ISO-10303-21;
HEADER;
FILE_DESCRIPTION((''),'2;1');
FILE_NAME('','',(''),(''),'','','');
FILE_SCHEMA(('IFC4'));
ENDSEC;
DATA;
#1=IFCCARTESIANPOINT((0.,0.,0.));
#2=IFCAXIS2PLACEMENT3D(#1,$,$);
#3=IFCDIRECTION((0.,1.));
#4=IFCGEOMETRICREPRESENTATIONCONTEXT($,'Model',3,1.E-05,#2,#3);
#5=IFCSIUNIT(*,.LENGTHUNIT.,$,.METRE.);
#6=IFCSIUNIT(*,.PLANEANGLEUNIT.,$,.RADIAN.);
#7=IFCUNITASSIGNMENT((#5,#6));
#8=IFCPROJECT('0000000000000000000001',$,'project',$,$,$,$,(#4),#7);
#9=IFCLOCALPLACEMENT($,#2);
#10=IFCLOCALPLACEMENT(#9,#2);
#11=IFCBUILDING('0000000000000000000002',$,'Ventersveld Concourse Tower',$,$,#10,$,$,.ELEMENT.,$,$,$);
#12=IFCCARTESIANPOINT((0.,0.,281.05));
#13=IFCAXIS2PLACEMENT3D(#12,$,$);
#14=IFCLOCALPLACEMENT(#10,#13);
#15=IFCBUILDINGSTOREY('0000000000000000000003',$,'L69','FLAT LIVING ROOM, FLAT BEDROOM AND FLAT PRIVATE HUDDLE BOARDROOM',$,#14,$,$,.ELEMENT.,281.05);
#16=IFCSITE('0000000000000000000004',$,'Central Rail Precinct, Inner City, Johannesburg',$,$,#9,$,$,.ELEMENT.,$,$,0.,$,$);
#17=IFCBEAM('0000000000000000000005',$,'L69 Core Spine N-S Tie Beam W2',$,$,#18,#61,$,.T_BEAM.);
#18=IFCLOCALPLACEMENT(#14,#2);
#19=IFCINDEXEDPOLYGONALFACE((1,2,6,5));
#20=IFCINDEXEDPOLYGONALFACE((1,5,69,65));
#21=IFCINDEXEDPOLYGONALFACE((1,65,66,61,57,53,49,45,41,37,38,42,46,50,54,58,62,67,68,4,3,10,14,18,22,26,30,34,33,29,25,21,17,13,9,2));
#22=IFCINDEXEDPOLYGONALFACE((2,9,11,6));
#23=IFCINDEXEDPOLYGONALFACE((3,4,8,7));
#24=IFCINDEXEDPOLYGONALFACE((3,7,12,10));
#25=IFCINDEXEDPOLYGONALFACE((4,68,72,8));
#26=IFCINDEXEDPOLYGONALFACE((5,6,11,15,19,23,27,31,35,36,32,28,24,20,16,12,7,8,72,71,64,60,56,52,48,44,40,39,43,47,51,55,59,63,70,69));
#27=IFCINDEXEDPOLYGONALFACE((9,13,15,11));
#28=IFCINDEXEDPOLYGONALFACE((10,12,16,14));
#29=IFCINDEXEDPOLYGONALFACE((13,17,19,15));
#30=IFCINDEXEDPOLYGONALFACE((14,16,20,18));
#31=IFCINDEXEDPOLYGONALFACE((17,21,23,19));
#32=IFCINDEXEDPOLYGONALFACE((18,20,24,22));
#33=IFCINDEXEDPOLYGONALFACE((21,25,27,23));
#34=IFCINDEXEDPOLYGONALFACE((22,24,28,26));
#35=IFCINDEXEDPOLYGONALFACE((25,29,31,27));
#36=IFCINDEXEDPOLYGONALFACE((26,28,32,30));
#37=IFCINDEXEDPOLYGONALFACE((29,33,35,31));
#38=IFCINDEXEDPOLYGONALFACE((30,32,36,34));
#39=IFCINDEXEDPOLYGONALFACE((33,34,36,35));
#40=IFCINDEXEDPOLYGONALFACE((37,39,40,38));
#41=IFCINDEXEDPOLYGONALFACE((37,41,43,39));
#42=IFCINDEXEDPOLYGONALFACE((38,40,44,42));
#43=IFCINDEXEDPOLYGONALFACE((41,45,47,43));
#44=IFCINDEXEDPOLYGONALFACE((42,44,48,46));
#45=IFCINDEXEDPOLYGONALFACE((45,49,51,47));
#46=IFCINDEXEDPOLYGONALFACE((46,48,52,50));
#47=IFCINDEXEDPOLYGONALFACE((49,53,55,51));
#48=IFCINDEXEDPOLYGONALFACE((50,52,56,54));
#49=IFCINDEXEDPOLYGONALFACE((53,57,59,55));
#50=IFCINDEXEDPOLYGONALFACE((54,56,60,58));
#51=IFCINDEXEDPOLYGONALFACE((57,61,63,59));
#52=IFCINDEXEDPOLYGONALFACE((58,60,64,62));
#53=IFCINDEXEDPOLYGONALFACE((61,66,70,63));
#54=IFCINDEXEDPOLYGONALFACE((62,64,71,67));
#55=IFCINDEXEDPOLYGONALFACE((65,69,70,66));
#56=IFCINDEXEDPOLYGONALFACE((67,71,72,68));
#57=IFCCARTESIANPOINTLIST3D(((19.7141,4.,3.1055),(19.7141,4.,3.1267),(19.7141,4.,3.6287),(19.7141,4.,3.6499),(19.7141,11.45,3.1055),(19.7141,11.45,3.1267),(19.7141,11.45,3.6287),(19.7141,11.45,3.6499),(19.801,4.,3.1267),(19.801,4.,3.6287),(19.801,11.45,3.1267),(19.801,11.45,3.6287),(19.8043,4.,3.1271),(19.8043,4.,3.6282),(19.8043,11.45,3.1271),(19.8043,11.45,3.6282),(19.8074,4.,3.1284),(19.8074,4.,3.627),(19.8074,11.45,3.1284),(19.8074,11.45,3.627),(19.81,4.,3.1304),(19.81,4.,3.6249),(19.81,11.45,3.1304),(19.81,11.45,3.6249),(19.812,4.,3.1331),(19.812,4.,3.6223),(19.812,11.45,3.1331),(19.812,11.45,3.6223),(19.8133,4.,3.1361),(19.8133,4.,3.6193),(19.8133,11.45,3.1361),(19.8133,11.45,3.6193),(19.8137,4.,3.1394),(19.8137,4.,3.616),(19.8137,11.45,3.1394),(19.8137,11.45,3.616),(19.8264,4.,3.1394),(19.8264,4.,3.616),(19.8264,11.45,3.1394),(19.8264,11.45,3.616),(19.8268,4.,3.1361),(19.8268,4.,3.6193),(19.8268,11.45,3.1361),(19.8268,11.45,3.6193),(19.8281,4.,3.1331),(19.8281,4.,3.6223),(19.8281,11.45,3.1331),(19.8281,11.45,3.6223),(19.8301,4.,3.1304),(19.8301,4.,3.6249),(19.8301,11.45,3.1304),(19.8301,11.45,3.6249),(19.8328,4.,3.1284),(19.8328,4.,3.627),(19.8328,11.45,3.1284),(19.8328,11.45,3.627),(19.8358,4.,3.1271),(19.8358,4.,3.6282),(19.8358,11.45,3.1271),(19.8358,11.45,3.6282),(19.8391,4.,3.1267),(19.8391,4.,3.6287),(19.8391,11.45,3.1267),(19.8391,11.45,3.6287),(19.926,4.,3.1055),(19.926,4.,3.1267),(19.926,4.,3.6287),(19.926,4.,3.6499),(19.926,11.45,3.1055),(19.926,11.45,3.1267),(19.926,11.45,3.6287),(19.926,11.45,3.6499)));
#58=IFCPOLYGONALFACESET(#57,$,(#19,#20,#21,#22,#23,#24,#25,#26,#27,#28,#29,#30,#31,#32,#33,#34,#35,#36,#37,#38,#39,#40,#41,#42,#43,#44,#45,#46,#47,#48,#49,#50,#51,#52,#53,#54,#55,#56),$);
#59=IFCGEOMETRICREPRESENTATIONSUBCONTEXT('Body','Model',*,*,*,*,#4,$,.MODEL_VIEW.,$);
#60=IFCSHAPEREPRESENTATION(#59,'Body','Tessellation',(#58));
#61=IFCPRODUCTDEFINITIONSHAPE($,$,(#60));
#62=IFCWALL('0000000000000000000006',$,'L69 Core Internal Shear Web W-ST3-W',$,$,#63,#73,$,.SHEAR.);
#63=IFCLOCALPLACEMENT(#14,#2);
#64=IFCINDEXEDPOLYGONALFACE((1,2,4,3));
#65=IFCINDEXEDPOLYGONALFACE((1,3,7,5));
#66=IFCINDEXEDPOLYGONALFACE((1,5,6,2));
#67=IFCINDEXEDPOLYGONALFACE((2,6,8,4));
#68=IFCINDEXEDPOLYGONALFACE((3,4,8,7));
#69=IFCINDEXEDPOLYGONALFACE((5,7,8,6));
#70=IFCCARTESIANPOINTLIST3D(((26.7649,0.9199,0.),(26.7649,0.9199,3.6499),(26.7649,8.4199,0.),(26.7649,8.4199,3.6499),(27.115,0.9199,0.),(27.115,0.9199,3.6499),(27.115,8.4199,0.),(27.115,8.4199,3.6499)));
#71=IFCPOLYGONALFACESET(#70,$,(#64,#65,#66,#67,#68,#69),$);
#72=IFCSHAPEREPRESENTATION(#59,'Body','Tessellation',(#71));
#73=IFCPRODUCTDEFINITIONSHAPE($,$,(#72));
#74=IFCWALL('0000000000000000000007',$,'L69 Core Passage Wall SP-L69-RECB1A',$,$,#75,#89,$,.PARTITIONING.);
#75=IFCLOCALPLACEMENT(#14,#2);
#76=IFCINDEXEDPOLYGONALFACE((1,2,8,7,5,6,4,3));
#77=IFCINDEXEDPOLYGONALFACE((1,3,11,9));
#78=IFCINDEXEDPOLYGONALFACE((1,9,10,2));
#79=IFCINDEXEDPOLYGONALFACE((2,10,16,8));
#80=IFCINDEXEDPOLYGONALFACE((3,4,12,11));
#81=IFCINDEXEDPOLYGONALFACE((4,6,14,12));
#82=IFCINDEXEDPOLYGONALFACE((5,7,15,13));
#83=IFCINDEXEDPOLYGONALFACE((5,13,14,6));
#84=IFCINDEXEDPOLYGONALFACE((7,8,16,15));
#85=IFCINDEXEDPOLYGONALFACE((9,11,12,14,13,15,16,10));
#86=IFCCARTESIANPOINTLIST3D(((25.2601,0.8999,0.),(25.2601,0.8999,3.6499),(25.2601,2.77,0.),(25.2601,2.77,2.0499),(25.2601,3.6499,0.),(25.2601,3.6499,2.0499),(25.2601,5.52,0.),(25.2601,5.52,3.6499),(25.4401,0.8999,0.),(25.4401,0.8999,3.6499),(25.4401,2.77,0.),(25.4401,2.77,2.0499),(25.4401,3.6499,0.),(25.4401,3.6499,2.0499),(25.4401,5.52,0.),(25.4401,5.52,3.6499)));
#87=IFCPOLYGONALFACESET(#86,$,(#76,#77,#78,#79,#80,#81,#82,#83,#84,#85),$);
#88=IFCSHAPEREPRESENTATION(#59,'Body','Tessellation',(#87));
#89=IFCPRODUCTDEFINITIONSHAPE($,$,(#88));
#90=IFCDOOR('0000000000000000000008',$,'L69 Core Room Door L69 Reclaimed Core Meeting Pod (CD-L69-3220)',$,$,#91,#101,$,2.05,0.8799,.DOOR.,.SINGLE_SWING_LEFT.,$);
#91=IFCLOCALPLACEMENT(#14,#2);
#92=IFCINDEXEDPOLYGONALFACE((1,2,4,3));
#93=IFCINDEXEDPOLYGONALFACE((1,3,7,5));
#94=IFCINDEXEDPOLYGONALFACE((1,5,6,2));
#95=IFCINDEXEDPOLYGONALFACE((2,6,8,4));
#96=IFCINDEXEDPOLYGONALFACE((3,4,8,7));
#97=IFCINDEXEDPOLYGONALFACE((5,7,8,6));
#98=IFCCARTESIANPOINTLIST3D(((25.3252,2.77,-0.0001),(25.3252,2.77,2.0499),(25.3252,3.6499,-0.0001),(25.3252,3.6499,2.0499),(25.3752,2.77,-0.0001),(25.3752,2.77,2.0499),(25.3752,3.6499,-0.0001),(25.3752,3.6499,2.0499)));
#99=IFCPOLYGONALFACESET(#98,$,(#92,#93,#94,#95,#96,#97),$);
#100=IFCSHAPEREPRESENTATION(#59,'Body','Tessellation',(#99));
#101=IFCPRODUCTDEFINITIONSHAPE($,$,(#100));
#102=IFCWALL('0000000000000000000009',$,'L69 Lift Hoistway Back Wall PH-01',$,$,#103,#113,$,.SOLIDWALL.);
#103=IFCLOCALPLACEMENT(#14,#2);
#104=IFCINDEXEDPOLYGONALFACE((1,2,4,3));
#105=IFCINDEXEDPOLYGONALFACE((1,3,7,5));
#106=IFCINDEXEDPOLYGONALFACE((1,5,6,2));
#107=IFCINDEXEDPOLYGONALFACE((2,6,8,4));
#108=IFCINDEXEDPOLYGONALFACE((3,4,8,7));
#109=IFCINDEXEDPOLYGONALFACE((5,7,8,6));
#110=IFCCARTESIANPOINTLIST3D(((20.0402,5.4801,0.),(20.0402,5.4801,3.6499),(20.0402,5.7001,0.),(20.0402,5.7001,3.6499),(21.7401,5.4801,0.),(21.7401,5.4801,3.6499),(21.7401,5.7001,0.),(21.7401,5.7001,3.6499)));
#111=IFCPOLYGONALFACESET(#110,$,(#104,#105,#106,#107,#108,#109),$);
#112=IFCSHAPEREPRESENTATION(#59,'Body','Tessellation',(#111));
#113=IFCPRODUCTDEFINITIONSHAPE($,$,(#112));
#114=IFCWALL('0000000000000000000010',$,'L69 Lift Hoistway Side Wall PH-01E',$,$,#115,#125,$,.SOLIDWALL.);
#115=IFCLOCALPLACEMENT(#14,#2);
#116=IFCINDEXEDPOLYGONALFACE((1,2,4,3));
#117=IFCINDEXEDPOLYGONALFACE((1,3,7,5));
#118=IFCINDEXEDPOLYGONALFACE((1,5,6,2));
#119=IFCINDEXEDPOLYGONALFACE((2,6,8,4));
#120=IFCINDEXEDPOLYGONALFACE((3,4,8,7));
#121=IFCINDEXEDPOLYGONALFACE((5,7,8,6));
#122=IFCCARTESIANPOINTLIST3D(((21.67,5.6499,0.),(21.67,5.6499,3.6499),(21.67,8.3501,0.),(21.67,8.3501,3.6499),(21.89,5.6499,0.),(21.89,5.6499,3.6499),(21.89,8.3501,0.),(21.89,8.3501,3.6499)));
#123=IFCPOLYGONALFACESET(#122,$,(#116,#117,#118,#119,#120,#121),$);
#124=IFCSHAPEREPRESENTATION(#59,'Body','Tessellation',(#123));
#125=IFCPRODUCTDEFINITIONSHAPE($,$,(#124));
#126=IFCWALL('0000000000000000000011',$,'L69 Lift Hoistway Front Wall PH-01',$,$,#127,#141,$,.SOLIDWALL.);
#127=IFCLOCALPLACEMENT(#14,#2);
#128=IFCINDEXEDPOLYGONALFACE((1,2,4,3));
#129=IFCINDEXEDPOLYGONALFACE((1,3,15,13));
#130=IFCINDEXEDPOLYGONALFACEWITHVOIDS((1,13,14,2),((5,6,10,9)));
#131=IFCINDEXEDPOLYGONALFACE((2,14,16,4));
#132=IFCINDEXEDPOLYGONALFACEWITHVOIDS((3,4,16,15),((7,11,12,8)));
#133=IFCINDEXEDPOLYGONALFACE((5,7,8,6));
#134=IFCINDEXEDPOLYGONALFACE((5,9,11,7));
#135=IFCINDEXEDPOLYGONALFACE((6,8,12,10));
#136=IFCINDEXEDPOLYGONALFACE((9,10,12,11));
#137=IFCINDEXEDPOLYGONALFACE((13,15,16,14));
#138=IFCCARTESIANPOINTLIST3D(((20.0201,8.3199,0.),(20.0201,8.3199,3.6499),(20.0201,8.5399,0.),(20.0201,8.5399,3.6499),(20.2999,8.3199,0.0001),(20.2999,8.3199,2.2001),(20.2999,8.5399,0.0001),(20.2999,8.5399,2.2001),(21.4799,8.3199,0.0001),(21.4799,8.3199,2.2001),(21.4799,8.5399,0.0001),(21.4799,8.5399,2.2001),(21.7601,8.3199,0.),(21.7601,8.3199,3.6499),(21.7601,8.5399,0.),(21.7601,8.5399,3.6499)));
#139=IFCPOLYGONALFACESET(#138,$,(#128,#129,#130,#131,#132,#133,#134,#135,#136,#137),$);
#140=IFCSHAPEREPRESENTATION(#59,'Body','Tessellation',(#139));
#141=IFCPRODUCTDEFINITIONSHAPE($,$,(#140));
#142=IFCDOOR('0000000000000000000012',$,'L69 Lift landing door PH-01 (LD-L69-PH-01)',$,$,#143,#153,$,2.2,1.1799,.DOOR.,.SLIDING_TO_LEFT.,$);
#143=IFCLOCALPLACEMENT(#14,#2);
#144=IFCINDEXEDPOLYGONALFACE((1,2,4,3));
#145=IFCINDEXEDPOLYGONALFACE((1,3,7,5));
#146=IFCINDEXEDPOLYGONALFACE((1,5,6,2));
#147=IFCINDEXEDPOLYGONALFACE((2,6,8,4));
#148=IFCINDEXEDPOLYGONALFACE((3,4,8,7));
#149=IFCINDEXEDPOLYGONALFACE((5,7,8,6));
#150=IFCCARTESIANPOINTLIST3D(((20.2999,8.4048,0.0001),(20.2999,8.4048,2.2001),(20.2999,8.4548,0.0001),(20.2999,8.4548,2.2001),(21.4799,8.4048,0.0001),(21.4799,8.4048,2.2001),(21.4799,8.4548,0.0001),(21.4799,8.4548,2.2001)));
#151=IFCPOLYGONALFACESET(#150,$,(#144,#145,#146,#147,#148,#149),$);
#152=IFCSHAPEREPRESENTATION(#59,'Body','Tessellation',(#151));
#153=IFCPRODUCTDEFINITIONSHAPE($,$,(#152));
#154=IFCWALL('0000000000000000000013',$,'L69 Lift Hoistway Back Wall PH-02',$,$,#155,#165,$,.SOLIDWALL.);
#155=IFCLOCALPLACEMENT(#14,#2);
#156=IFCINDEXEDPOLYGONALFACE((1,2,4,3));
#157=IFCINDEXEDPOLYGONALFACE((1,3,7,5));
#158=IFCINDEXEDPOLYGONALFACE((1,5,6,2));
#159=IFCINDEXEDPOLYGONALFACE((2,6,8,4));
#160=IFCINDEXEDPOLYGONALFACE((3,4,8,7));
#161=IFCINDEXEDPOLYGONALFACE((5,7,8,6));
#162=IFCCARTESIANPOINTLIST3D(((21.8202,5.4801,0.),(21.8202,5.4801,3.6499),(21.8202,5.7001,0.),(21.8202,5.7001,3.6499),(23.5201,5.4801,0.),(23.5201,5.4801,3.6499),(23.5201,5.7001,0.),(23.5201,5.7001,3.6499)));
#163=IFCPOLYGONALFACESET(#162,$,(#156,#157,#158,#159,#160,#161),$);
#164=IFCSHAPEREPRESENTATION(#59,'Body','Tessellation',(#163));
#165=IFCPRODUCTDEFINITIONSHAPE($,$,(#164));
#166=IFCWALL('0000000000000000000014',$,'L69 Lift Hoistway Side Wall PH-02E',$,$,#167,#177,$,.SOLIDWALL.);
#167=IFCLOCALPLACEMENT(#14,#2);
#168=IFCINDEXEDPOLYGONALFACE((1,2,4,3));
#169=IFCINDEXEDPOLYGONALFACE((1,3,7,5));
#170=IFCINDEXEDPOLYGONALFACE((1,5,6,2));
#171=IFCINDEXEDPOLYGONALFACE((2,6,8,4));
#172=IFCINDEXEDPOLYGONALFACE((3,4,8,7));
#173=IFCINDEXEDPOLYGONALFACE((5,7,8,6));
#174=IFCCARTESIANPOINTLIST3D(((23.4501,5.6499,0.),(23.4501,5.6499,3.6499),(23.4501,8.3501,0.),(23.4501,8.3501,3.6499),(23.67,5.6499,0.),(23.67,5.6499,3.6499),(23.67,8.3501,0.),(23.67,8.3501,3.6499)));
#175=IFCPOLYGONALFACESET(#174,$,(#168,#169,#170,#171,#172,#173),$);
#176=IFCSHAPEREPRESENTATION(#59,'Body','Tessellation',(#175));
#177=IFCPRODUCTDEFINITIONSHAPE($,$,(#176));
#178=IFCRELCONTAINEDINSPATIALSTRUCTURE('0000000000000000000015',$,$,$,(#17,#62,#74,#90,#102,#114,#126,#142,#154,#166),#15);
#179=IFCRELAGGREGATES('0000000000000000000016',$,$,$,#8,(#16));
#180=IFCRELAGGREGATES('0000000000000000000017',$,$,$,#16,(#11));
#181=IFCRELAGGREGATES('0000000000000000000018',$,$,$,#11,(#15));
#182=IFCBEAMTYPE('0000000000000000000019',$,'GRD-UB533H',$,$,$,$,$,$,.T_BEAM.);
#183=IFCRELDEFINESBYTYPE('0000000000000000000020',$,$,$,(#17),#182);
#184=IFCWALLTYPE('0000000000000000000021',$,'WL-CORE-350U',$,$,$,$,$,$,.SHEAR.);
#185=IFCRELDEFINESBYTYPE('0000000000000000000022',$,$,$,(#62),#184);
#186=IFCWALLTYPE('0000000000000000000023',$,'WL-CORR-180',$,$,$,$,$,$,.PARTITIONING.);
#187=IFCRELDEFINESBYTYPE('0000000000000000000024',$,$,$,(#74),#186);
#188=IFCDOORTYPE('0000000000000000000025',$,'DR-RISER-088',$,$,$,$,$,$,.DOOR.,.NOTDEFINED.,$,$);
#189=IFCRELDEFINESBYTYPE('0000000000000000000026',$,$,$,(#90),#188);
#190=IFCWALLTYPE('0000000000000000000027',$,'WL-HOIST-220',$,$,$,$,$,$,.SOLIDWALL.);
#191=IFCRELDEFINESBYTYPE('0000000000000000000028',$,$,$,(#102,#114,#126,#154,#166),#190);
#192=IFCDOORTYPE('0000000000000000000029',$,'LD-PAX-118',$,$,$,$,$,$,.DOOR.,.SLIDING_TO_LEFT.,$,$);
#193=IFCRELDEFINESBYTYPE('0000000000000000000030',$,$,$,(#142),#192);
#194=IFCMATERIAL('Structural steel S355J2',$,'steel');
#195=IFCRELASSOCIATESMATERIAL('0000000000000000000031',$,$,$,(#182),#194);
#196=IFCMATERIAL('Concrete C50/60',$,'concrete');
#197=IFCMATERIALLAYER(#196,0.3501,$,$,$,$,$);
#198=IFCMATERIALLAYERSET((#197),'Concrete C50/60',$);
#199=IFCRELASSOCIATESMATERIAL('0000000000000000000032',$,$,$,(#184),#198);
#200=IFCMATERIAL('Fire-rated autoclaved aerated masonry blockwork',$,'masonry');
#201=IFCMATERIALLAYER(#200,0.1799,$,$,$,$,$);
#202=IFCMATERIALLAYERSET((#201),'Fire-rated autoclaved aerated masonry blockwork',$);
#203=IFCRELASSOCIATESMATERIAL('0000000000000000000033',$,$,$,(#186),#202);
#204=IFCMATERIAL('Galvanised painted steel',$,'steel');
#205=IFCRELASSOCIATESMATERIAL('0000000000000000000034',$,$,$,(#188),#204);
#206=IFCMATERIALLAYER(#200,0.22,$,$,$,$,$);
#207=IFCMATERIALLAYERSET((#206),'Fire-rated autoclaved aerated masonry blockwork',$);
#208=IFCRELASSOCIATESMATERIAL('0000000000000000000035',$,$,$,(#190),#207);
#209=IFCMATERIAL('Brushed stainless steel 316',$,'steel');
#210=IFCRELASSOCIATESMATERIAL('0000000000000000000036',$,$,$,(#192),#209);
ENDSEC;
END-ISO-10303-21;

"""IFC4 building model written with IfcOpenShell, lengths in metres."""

from ifc_helpers import new_model, si_unit, direction, frame, frame_2d, origin, origin_2d, place, context, subcontext, project, spatial, rectangle, i_section, extrude, material, layer, layer_set, material_profile, profile_set, type_object, element, fill, save


model = new_model("IFC4")

# Units and contexts
model_context = context("Model", 3, precision=1e-05, world=origin(), true_north=direction((0.0, 1.0)))
body_context = subcontext(model_context, "Body", "Model", "MODEL_VIEW")
ifc_project = project(units=[si_unit("LENGTHUNIT", "METRE"), si_unit("PLANEANGLEUNIT", "RADIAN")], contexts=[model_context])

# Site, building, storey
site_placement = place(None, origin())
site = spatial("IfcSite", under=ifc_project, at=site_placement, Name="Central Rail Precinct, Inner City, Johannesburg", CompositionType="ELEMENT", RefElevation=0.0)
building_placement = place(site_placement, origin())
building = spatial("IfcBuilding", under=site, at=building_placement, Name="Ventersveld Concourse Tower", CompositionType="ELEMENT")
storey_placement = place(building_placement, frame((0.0, 0.0, 281.05)))
storey = spatial("IfcBuildingStorey", under=building, at=storey_placement, Name="L69", Description="FLAT LIVING ROOM, FLAT BEDROOM AND FLAT PRIVATE HUDDLE BOARDROOM", CompositionType="ELEMENT", Elevation=281.05)

# Beam
ifc_material_1 = material(Name="Structural steel S355J2", Category="steel")
ifc_material_profile = material_profile(ifc_material_1, i_section(OverallWidth=0.2119, OverallDepth=0.5444, WebThickness=0.0127, FlangeThickness=0.0212, FilletRadius=0.0127, at=origin_2d()), Name="UB 533x210x122")
ifc_profile_set = profile_set([ifc_material_profile], Name="Structural steel S355J2")
beam_type = type_object("IfcBeamType", Name="GRD-UB533H", PredefinedType="T_BEAM", material=ifc_profile_set)
beam_placement = place(storey_placement, frame((19.8201, 4.0, 3.3777), z_axis=(0.0, 1.0, 0.0), x_axis=(-1.0, 0.0, 0.0)))
element("IfcBeam", 1, at=beam_placement, inside=storey, type_object=beam_type, Name="L69 Core Spine N-S Tie Beam W2", PredefinedType="T_BEAM", context=body_context, shape_type="SweptSolid", body=[
    extrude(i_section(OverallWidth=0.2119, OverallDepth=0.5444, WebThickness=0.0127, FlangeThickness=0.0212, FilletRadius=0.0127, at=origin_2d()), origin(), (0.0, 0.0, 1.0), 7.45),
])

# Wall
ifc_material_2 = material(Name="Concrete C50/60", Category="concrete")
ifc_layer_1 = layer(ifc_material_2, 0.3501)
ifc_layer_set_1 = layer_set([ifc_layer_1], Name="Concrete C50/60")
wall_type_1 = type_object("IfcWallType", Name="WL-CORE-350U", PredefinedType="SHEAR", material=ifc_layer_set_1)
wall_1_placement = place(storey_placement, frame((26.9399, 0.9199, 0.0), z_axis=(0.0, 0.0, 1.0), x_axis=(0.0, 1.0, 0.0)))
element("IfcWall", 2, at=wall_1_placement, inside=storey, type_object=wall_type_1, Name="L69 Core Internal Shear Web W-ST3-W", PredefinedType="SHEAR", context=body_context, shape_type="SweptSolid", body=[
    extrude(rectangle(XDim=7.5, YDim=0.3501, at=frame_2d((3.75, 0.0))), origin(), (0.0, 0.0, 1.0), 3.6499),
])

# Wall, opening, door
ifc_material_3 = material(Name="Fire-rated autoclaved aerated masonry blockwork", Category="masonry")
ifc_layer_2 = layer(ifc_material_3, 0.1799)
ifc_layer_set_2 = layer_set([ifc_layer_2], Name="Fire-rated autoclaved aerated masonry blockwork")
wall_type_2 = type_object("IfcWallType", Name="WL-CORR-180", PredefinedType="PARTITIONING", material=ifc_layer_set_2)
wall_2_placement = place(storey_placement, frame((25.3501, 0.8999, 0.0), z_axis=(0.0, 0.0, 1.0), x_axis=(0.0, 1.0, 0.0)))
wall_2 = element("IfcWall", 3, at=wall_2_placement, inside=storey, type_object=wall_type_2, Name="L69 Core Passage Wall SP-L69-RECB1A", PredefinedType="PARTITIONING", context=body_context, shape_type="SweptSolid", body=[
    extrude(rectangle(XDim=4.6201, YDim=0.1799, at=frame_2d((2.3101, 0.0))), origin(), (0.0, 0.0, 1.0), 3.6499),
])
opening_1_placement = place(wall_2_placement, frame((1.8701, 0.0, 0.0)))
opening_1 = element("IfcOpeningElement", 4, at=opening_1_placement, cuts=wall_2, PredefinedType="OPENING", context=body_context, shape_type="SweptSolid", body=[
    extrude(rectangle(XDim=0.8799, YDim=2.05, at=frame_2d((0.4399, 1.0249))), frame((0.0, 0.1001, 0.0), z_axis=(0.0, -1.0, 0.0), x_axis=(1.0, 0.0, 0.0)), (0.0, 0.0, 1.0), 0.2),
])
ifc_material_4 = material(Name="Galvanised painted steel", Category="steel")
door_type_1 = type_object("IfcDoorType", Name="DR-RISER-088", OperationType="NOTDEFINED", PredefinedType="DOOR", material=ifc_material_4)
door_1_placement = place(opening_1_placement, origin())
door_1 = element("IfcDoor", 5, at=door_1_placement, inside=storey, type_object=door_type_1, Name="L69 Core Room Door L69 Reclaimed Core Meeting Pod (CD-L69-3220)", OperationType="SINGLE_SWING_LEFT", OverallHeight=2.05, OverallWidth=0.8799, PredefinedType="DOOR", context=body_context, shape_type="SweptSolid", body=[
    extrude(rectangle(XDim=0.8799, YDim=2.05, at=frame_2d((0.4399, 1.0249))), frame((0.0, 0.0249, 0.0), z_axis=(0.0, -1.0, 0.0), x_axis=(1.0, 0.0, 0.0)), (0.0, 0.0, 1.0), 0.05),
])
fill(opening_1, door_1)

# Walls
ifc_layer_3 = layer(ifc_material_3, 0.22)
ifc_layer_set_3 = layer_set([ifc_layer_3], Name="Fire-rated autoclaved aerated masonry blockwork")
wall_type_3 = type_object("IfcWallType", Name="WL-HOIST-220", PredefinedType="SOLIDWALL", material=ifc_layer_set_3)
wall_3_placement = place(storey_placement, frame((20.04, 5.5901, 0.0), z_axis=(0.0, 0.0, 1.0), x_axis=(1.0, 0.0, 0.0)))
element("IfcWall", 6, at=wall_3_placement, inside=storey, type_object=wall_type_3, Name="L69 Lift Hoistway Back Wall PH-01", PredefinedType="SOLIDWALL", context=body_context, shape_type="SweptSolid", body=[
    extrude(rectangle(XDim=1.7, YDim=0.22, at=frame_2d((0.8501, 0.0))), origin(), (0.0, 0.0, 1.0), 3.6499),
])
wall_4_placement = place(storey_placement, frame((21.78, 5.6499, 0.0), z_axis=(0.0, 0.0, 1.0), x_axis=(0.0, 1.0, 0.0)))
element("IfcWall", 7, at=wall_4_placement, inside=storey, type_object=wall_type_3, Name="L69 Lift Hoistway Side Wall PH-01E", PredefinedType="SOLIDWALL", context=body_context, shape_type="SweptSolid", body=[
    extrude(rectangle(XDim=2.7002, YDim=0.22, at=frame_2d((1.3501, 0.0))), origin(), (0.0, 0.0, 1.0), 3.6499),
])

# Wall, opening, door
wall_5_placement = place(storey_placement, frame((20.02, 8.4299, 0.0), z_axis=(0.0, 0.0, 1.0), x_axis=(1.0, 0.0, 0.0)))
wall_5 = element("IfcWall", 8, at=wall_5_placement, inside=storey, type_object=wall_type_3, Name="L69 Lift Hoistway Front Wall PH-01", PredefinedType="SOLIDWALL", context=body_context, shape_type="SweptSolid", body=[
    extrude(rectangle(XDim=1.74, YDim=0.22, at=frame_2d((0.8701, 0.0))), origin(), (0.0, 0.0, 1.0), 3.6499),
])
opening_2_placement = place(wall_5_placement, frame((0.28, 0.0, 0.0)))
opening_2 = element("IfcOpeningElement", 9, at=opening_2_placement, cuts=wall_5, PredefinedType="OPENING", context=body_context, shape_type="SweptSolid", body=[
    extrude(rectangle(XDim=1.1799, YDim=2.2, at=frame_2d((0.5898, 1.1001))), frame((0.0, 0.1201, 0.0), z_axis=(0.0, -1.0, 0.0), x_axis=(1.0, 0.0, 0.0)), (0.0, 0.0, 1.0), 0.24),
])
ifc_material_5 = material(Name="Brushed stainless steel 316", Category="steel")
door_type_2 = type_object("IfcDoorType", Name="LD-PAX-118", OperationType="SLIDING_TO_LEFT", PredefinedType="DOOR", material=ifc_material_5)
door_2_placement = place(opening_2_placement, origin())
door_2 = element("IfcDoor", 10, at=door_2_placement, inside=storey, type_object=door_type_2, Name="L69 Lift landing door PH-01 (LD-L69-PH-01)", OperationType="SLIDING_TO_LEFT", OverallHeight=2.2, OverallWidth=1.1799, PredefinedType="DOOR", context=body_context, shape_type="SweptSolid", body=[
    extrude(rectangle(XDim=1.1799, YDim=2.2, at=frame_2d((0.5898, 1.1001))), frame((0.0, 0.0249, 0.0), z_axis=(0.0, -1.0, 0.0), x_axis=(1.0, 0.0, 0.0)), (0.0, 0.0, 1.0), 0.05),
])
fill(opening_2, door_2)

# Walls
wall_6_placement = place(storey_placement, frame((21.8201, 5.5901, 0.0), z_axis=(0.0, 0.0, 1.0), x_axis=(1.0, 0.0, 0.0)))
element("IfcWall", 11, at=wall_6_placement, inside=storey, type_object=wall_type_3, Name="L69 Lift Hoistway Back Wall PH-02", PredefinedType="SOLIDWALL", context=body_context, shape_type="SweptSolid", body=[
    extrude(rectangle(XDim=1.7, YDim=0.22, at=frame_2d((0.8501, 0.0))), origin(), (0.0, 0.0, 1.0), 3.6499),
])
wall_7_placement = place(storey_placement, frame((23.5601, 5.6499, 0.0), z_axis=(0.0, 0.0, 1.0), x_axis=(0.0, 1.0, 0.0)))
element("IfcWall", 12, at=wall_7_placement, inside=storey, type_object=wall_type_3, Name="L69 Lift Hoistway Side Wall PH-02E", PredefinedType="SOLIDWALL", context=body_context, shape_type="SweptSolid", body=[
    extrude(rectangle(XDim=2.7002, YDim=0.22, at=frame_2d((1.3501, 0.0))), origin(), (0.0, 0.0, 1.0), 3.6499),
])

save(model, "model.ifc")
